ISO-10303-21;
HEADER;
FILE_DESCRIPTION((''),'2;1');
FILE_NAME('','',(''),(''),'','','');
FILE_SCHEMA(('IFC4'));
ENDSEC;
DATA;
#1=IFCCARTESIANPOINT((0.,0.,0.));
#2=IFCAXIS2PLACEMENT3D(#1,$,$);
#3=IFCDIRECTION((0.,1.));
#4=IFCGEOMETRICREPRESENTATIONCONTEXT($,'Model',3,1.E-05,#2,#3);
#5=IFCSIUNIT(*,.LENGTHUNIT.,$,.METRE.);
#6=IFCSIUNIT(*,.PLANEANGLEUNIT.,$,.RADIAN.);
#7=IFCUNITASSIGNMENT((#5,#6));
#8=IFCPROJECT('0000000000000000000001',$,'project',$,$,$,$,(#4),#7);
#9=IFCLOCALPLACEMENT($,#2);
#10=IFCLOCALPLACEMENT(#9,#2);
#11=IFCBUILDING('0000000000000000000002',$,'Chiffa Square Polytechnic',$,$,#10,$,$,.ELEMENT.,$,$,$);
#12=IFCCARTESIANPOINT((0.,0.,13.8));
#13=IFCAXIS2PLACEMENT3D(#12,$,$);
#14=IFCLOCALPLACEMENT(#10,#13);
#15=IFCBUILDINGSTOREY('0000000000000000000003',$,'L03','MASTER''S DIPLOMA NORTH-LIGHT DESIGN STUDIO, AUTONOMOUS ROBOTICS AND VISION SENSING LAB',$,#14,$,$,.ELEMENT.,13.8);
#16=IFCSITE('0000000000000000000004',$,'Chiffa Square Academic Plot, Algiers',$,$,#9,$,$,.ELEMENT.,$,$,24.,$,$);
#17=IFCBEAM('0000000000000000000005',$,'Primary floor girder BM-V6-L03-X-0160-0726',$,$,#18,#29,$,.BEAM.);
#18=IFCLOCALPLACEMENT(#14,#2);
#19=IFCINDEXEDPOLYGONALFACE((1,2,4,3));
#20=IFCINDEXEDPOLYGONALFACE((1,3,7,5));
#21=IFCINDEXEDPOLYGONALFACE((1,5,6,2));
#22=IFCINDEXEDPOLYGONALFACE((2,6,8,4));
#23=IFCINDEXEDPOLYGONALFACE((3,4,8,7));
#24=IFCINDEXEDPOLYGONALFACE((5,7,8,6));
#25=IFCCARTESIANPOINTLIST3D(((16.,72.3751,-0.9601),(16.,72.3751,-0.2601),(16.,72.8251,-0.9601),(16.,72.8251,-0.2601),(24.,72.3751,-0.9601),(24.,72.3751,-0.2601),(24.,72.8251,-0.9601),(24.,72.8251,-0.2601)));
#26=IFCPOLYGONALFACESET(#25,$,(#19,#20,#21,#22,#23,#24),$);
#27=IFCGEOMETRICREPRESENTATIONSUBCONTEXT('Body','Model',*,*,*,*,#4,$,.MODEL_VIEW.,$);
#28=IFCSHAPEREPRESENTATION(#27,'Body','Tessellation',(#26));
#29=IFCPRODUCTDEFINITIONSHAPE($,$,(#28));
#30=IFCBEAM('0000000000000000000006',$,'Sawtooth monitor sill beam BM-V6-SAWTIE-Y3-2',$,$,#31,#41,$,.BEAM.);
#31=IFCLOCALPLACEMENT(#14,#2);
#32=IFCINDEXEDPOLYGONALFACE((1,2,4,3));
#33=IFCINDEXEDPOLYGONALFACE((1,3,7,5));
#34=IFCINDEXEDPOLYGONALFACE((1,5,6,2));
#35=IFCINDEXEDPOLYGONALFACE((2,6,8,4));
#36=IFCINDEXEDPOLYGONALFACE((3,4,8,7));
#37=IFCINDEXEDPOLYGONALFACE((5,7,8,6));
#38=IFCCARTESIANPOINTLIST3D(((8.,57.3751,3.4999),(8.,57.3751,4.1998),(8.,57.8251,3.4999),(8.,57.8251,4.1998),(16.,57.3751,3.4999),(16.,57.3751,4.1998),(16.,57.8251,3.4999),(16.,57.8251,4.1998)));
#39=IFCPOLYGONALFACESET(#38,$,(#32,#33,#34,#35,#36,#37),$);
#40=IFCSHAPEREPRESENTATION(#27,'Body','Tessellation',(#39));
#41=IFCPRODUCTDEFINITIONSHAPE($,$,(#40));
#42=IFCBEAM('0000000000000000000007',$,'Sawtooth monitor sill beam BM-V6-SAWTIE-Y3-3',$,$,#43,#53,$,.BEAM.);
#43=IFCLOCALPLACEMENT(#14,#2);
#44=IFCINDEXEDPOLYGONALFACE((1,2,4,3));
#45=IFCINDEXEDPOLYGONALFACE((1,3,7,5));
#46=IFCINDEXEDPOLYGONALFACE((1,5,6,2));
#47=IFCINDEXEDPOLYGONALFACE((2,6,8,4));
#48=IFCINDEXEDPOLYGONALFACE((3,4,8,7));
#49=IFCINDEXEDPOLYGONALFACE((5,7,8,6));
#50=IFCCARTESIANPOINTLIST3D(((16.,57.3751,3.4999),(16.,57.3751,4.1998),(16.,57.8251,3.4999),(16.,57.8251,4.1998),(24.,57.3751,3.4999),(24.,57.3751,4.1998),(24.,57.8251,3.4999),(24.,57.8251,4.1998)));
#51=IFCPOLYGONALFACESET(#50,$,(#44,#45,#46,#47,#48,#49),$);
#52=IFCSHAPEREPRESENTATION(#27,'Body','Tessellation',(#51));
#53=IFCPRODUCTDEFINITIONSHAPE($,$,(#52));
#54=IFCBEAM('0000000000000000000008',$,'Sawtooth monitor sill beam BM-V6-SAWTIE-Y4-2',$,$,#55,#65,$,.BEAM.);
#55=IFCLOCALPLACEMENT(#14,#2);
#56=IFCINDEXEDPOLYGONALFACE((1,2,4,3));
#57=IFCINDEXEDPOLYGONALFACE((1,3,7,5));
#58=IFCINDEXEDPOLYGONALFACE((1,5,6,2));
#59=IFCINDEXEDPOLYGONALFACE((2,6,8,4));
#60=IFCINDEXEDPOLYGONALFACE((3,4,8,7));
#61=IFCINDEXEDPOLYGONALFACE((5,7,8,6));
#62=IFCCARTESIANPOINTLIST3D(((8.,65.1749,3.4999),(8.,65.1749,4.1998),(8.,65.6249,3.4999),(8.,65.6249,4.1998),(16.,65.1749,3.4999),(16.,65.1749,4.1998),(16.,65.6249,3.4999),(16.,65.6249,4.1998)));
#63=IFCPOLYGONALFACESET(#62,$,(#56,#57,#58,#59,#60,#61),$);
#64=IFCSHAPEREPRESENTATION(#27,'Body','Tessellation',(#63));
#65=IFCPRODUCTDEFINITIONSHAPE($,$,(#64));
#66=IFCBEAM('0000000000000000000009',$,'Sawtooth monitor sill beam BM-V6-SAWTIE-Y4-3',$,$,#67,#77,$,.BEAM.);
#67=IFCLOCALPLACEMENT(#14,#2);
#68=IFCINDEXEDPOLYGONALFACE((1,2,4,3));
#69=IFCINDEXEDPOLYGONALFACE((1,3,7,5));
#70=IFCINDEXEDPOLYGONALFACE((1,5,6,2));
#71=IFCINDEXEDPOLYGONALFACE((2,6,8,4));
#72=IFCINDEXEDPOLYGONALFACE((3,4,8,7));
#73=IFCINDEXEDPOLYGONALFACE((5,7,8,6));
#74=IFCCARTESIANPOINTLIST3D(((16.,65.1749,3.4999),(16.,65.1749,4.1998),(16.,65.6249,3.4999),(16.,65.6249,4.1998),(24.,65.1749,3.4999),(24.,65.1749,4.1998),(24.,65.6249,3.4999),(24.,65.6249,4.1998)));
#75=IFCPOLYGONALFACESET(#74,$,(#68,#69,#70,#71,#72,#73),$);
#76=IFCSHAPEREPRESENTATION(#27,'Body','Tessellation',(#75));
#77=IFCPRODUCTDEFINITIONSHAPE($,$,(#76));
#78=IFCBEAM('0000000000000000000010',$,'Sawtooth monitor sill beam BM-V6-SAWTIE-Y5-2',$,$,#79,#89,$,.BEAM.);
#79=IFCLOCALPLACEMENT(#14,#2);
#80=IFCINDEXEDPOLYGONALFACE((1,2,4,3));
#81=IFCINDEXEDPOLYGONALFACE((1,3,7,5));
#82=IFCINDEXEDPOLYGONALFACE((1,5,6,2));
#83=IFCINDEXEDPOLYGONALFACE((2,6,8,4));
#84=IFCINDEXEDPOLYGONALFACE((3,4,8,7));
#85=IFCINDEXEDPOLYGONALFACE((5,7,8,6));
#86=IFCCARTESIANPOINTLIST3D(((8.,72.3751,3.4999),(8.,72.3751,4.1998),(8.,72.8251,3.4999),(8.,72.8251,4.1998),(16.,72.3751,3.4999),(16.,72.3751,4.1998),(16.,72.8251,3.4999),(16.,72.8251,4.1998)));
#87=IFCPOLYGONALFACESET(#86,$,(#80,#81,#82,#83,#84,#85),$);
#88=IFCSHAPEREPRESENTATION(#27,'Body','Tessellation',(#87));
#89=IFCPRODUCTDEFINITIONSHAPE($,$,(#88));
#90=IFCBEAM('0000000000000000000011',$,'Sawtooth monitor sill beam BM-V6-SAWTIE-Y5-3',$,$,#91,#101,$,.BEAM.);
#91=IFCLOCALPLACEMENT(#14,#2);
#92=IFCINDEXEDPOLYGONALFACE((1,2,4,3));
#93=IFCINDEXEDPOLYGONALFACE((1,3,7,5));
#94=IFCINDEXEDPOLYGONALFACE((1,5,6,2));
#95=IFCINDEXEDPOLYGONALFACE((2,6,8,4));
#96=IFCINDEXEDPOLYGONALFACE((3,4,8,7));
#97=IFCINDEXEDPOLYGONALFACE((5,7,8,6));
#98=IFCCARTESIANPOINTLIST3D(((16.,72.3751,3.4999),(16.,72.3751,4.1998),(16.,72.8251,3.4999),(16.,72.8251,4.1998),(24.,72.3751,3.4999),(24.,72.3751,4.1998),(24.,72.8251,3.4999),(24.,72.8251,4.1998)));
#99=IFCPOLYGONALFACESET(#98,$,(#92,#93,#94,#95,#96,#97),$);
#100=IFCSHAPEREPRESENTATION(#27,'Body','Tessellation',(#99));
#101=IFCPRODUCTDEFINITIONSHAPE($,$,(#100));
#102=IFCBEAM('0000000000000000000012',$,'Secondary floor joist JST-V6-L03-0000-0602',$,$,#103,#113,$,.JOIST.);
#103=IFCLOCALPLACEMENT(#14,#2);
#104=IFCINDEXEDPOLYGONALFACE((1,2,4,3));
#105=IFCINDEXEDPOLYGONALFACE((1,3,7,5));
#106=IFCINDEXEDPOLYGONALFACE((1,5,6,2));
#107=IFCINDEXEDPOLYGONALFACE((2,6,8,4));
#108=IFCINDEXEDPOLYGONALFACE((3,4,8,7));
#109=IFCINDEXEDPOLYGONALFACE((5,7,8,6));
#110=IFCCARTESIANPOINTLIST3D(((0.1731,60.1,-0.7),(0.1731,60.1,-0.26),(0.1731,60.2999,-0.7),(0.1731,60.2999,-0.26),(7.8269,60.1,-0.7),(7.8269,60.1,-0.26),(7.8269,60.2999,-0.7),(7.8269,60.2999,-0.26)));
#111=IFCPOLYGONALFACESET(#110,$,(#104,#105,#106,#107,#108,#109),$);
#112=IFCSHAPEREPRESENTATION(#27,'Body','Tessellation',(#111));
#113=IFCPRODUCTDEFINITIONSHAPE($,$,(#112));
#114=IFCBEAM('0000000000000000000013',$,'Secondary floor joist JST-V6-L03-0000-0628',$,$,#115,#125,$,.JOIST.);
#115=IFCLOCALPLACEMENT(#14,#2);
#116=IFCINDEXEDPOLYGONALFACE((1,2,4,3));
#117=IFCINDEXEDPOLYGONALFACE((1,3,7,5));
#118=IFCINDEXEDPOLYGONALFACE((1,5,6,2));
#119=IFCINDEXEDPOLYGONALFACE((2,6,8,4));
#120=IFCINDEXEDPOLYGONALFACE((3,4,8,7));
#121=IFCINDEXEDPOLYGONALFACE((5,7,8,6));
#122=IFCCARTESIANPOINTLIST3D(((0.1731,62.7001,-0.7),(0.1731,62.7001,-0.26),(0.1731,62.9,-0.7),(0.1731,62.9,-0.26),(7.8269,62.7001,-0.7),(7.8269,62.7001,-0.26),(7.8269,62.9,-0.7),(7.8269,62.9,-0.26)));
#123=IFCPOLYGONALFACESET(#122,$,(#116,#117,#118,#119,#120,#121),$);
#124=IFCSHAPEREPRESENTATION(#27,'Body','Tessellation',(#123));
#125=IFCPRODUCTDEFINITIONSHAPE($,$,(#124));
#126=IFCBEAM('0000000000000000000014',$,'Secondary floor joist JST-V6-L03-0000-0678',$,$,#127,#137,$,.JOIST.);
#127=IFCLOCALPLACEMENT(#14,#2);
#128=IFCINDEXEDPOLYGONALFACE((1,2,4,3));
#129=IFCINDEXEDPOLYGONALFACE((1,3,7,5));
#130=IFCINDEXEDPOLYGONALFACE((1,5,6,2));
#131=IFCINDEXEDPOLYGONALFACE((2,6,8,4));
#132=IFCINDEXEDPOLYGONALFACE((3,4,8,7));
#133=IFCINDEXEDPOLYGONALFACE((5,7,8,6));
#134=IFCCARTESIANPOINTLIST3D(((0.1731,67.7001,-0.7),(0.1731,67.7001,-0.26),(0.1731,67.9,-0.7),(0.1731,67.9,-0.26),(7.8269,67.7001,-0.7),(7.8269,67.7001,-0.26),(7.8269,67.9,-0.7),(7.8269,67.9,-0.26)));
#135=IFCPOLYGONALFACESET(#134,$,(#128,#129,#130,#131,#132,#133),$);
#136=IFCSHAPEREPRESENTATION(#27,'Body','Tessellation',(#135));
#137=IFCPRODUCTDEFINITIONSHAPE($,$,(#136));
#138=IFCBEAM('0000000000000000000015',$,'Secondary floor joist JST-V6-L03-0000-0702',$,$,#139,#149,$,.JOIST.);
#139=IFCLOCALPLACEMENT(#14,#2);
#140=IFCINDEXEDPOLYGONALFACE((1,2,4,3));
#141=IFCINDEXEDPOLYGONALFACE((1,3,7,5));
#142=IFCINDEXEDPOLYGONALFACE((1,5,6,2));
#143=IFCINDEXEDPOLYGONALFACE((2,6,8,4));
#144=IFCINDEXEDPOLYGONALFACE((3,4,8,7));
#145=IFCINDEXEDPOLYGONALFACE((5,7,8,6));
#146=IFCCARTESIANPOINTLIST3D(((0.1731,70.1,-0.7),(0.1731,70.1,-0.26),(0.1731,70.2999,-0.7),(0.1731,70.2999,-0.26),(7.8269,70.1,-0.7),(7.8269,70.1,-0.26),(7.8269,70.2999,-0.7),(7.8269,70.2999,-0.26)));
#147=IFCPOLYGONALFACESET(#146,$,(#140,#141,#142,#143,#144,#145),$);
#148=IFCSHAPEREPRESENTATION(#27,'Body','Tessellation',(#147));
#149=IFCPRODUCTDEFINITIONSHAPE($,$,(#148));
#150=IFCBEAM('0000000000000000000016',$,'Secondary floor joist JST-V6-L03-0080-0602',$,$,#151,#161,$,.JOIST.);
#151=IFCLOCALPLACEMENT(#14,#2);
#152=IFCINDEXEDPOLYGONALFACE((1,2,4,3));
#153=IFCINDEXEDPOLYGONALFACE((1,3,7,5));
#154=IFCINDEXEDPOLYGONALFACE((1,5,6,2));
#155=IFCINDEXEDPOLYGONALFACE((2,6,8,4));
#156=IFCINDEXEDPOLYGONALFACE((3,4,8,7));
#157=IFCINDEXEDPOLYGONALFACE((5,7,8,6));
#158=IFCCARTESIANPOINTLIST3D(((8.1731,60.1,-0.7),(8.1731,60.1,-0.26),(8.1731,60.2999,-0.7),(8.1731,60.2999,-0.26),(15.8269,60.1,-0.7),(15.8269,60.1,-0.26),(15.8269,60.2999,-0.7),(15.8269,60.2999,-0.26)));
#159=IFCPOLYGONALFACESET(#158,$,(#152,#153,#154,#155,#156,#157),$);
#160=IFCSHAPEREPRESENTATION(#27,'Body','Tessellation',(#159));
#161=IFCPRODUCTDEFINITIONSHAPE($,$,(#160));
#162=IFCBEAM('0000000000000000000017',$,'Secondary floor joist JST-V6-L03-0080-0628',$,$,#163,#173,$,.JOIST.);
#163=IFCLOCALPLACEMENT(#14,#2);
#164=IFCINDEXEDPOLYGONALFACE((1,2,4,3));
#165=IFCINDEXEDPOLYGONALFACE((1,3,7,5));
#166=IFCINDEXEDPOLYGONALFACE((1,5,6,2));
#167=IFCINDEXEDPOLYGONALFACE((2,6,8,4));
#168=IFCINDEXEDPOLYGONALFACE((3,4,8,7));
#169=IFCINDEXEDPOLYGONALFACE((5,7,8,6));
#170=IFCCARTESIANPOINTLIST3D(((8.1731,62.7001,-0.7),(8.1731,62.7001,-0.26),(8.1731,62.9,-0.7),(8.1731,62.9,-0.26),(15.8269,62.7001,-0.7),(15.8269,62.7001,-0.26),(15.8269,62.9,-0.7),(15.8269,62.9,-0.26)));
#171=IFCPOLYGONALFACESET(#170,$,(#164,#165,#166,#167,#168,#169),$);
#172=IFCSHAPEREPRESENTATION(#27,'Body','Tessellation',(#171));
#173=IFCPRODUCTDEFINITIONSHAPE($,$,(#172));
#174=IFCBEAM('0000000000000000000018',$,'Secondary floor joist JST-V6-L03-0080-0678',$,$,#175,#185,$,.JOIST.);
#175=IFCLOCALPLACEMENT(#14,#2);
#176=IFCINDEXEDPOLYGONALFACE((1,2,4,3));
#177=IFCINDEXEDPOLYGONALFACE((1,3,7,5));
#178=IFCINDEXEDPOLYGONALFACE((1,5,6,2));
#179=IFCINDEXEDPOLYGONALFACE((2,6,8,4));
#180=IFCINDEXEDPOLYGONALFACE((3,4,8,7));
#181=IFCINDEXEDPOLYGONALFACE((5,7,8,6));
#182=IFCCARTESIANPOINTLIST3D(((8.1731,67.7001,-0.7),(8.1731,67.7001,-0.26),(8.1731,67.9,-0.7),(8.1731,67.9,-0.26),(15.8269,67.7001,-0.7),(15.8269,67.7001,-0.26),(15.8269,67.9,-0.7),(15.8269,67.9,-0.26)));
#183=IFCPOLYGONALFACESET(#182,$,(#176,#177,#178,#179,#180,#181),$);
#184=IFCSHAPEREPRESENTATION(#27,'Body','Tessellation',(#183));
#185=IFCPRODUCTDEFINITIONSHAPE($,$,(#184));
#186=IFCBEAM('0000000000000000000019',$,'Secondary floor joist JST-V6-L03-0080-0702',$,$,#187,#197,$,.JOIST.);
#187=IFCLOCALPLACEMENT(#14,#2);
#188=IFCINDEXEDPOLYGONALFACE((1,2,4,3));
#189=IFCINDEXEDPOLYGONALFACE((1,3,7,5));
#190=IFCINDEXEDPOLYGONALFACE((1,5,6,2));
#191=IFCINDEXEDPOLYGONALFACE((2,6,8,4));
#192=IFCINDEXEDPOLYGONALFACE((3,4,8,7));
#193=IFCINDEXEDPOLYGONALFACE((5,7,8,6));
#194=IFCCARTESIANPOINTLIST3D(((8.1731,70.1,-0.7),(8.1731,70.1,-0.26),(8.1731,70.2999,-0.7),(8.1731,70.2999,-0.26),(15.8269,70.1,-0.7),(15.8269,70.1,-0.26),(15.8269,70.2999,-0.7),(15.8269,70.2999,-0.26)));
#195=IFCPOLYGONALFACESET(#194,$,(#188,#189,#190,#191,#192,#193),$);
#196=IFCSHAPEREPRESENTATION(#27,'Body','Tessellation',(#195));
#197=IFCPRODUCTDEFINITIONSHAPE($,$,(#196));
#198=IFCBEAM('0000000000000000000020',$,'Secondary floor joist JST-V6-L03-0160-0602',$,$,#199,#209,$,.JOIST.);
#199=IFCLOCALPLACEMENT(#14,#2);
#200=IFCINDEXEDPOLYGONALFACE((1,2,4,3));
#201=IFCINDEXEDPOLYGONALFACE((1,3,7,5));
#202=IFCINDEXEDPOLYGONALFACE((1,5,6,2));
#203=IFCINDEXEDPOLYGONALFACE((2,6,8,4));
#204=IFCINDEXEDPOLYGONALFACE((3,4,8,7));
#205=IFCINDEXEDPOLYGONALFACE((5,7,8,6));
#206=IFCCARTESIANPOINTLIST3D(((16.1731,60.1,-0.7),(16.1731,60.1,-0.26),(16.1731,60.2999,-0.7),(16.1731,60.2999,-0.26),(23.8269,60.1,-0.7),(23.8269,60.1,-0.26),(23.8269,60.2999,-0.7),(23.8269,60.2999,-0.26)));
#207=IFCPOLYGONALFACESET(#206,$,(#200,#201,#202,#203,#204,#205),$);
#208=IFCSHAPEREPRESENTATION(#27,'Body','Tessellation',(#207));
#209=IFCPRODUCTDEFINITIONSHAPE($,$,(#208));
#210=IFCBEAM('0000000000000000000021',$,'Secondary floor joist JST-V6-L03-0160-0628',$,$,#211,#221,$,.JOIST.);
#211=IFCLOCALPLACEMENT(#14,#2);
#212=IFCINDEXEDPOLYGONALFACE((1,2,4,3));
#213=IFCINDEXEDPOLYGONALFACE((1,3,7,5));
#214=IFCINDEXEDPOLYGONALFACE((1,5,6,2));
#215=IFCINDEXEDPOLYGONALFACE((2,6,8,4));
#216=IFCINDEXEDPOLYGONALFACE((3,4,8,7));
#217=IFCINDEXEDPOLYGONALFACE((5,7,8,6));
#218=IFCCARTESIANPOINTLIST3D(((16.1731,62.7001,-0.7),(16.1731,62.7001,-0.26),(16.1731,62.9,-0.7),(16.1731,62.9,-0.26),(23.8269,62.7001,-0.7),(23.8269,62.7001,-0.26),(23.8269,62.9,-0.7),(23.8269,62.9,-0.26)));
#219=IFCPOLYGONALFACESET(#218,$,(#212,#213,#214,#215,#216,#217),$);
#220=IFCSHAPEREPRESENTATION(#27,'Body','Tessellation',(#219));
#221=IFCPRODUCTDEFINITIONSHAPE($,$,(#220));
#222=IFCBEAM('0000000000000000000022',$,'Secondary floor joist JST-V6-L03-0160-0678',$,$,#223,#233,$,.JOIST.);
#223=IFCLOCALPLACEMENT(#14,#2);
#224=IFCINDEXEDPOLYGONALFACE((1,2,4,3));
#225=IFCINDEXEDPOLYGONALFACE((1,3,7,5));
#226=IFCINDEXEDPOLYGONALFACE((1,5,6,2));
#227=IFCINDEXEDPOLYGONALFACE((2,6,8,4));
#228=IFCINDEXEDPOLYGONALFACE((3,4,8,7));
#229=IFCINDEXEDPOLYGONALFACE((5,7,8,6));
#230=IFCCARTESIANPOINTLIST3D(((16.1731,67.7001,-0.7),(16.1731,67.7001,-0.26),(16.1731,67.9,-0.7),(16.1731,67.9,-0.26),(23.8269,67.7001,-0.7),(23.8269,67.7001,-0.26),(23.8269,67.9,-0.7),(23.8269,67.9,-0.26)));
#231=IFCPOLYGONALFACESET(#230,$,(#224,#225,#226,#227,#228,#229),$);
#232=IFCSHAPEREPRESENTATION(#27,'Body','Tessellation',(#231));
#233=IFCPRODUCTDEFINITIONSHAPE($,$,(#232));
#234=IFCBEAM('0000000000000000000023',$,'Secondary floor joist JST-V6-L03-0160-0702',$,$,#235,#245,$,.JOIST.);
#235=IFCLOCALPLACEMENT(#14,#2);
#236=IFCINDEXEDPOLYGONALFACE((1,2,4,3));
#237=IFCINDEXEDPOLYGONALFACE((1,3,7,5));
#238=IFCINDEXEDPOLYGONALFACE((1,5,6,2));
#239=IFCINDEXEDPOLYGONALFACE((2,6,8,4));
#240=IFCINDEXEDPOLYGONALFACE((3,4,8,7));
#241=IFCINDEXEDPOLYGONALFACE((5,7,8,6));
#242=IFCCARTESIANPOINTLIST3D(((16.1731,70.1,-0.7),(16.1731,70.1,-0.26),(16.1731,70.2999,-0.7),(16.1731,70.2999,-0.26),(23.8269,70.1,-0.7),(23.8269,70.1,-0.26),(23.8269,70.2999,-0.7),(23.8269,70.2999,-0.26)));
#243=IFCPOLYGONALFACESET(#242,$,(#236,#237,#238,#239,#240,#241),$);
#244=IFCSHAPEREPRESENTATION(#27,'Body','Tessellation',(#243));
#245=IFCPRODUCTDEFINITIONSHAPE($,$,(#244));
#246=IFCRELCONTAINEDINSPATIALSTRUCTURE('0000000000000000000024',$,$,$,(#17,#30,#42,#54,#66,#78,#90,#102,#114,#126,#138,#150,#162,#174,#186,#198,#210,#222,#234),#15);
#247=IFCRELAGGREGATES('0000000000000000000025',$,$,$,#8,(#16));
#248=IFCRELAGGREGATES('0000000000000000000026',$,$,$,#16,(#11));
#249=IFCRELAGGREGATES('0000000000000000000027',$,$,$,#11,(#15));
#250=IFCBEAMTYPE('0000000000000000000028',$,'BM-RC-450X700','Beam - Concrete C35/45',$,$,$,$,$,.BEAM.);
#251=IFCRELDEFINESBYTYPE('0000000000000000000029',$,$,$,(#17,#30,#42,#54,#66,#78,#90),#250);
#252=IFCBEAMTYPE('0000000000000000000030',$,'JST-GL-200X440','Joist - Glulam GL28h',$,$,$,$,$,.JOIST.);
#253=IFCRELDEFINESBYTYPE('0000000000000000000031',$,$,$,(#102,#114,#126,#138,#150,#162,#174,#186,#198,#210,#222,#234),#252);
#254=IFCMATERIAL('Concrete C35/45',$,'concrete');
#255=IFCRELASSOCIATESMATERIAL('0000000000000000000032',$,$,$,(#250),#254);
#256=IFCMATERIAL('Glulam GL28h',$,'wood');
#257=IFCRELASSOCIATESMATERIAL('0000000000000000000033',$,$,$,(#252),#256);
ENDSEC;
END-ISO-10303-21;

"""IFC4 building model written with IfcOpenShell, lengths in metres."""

from ifc_helpers import new_model, si_unit, direction, frame, origin, origin_2d, place, context, subcontext, project, spatial, rectangle, extrude, material, material_profile, profile_set, type_object, element, save


model = new_model("IFC4")

# Units and contexts
model_context = context("Model", 3, precision=1e-05, world=origin(), true_north=direction((0.0, 1.0)))
body_context = subcontext(model_context, "Body", "Model", "MODEL_VIEW")
ifc_project = project(units=[si_unit("LENGTHUNIT", "METRE"), si_unit("PLANEANGLEUNIT", "RADIAN")], contexts=[model_context])

# Site, building, storey
site_placement = place(None, origin())
site = spatial("IfcSite", under=ifc_project, at=site_placement, Name="Chiffa Square Academic Plot, Algiers", CompositionType="ELEMENT", RefElevation=24.0)
building_placement = place(site_placement, origin())
building = spatial("IfcBuilding", under=site, at=building_placement, Name="Chiffa Square Polytechnic", CompositionType="ELEMENT")
storey_placement = place(building_placement, frame((0.0, 0.0, 13.8)))
storey = spatial("IfcBuildingStorey", under=building, at=storey_placement, Name="L03", Description="MASTER'S DIPLOMA NORTH-LIGHT DESIGN STUDIO, AUTONOMOUS ROBOTICS AND VISION SENSING LAB", CompositionType="ELEMENT", Elevation=13.8)

# Shared definitions
ifc_material_1 = material(Name="Concrete C35/45", Category="concrete")

# Beams
ifc_material_profile_1 = material_profile(ifc_material_1, rectangle(XDim=0.45, YDim=0.7, at=origin_2d()), Name="RC 450x700")
ifc_profile_set_1 = profile_set([ifc_material_profile_1], Name="Concrete C35/45")
beam_type_1 = type_object("IfcBeamType", Name="BM-RC-450X700", Description="Beam - Concrete C35/45", PredefinedType="BEAM", material=ifc_profile_set_1)
for number, where, z_axis, x_axis, name in (
    (1, (16.0, 72.6001, -0.6101), (1.0, 0.0, 0.0), (0.0, 1.0, 0.0), "Primary floor girder BM-V6-L03-X-0160-0726"),
    (2, (8.0, 57.6001, 3.8499), (1.0, 0.0, 0.0), (0.0, 1.0, 0.0), "Sawtooth monitor sill beam BM-V6-SAWTIE-Y3-2"),
    (3, (16.0, 57.6001, 3.8499), (1.0, 0.0, 0.0), (0.0, 1.0, 0.0), "Sawtooth monitor sill beam BM-V6-SAWTIE-Y3-3"),
    (4, (8.0, 65.3999, 3.8499), (1.0, 0.0, 0.0), (0.0, 1.0, 0.0), "Sawtooth monitor sill beam BM-V6-SAWTIE-Y4-2"),
    (5, (16.0, 65.3999, 3.8499), (1.0, 0.0, 0.0), (0.0, 1.0, 0.0), "Sawtooth monitor sill beam BM-V6-SAWTIE-Y4-3"),
    (6, (8.0, 72.6001, 3.8499), (1.0, 0.0, 0.0), (0.0, 1.0, 0.0), "Sawtooth monitor sill beam BM-V6-SAWTIE-Y5-2"),
    (7, (16.0, 72.6001, 3.8499), (1.0, 0.0, 0.0), (0.0, 1.0, 0.0), "Sawtooth monitor sill beam BM-V6-SAWTIE-Y5-3"),
):
    element("IfcBeam", number, at=place(storey_placement, frame(where, z_axis=z_axis, x_axis=x_axis)), inside=storey, type_object=beam_type_1, Name=name, PredefinedType="BEAM", context=body_context, shape_type="SweptSolid", body=[
        extrude(rectangle(XDim=0.45, YDim=0.7, at=origin_2d()), origin(), (0.0, 0.0, 1.0), 8.0),
    ])
ifc_material_2 = material(Name="Glulam GL28h", Category="wood")
ifc_material_profile_2 = material_profile(ifc_material_2, rectangle(XDim=0.2, YDim=0.4399, at=origin_2d()), Name="GL28h 200x440")
ifc_profile_set_2 = profile_set([ifc_material_profile_2], Name="Glulam GL28h")
beam_type_2 = type_object("IfcBeamType", Name="JST-GL-200X440", Description="Joist - Glulam GL28h", PredefinedType="JOIST", material=ifc_profile_set_2)
for number, where, z_axis, x_axis, name in (
    (8, (0.1731, 60.2, -0.48), (1.0, 0.0, 0.0), (0.0, 1.0, 0.0), "Secondary floor joist JST-V6-L03-0000-0602"),
    (9, (0.1731, 62.8, -0.48), (1.0, 0.0, 0.0), (0.0, 1.0, 0.0), "Secondary floor joist JST-V6-L03-0000-0628"),
    (10, (0.1731, 67.8, -0.48), (1.0, 0.0, 0.0), (0.0, 1.0, 0.0), "Secondary floor joist JST-V6-L03-0000-0678"),
    (11, (0.1731, 70.2, -0.48), (1.0, 0.0, 0.0), (0.0, 1.0, 0.0), "Secondary floor joist JST-V6-L03-0000-0702"),
    (12, (8.1731, 60.2, -0.48), (1.0, 0.0, 0.0), (0.0, 1.0, 0.0), "Secondary floor joist JST-V6-L03-0080-0602"),
    (13, (8.1731, 62.8, -0.48), (1.0, 0.0, 0.0), (0.0, 1.0, 0.0), "Secondary floor joist JST-V6-L03-0080-0628"),
    (14, (8.1731, 67.8, -0.48), (1.0, 0.0, 0.0), (0.0, 1.0, 0.0), "Secondary floor joist JST-V6-L03-0080-0678"),
    (15, (8.1731, 70.2, -0.48), (1.0, 0.0, 0.0), (0.0, 1.0, 0.0), "Secondary floor joist JST-V6-L03-0080-0702"),
    (16, (16.1731, 60.2, -0.48), (1.0, 0.0, 0.0), (0.0, 1.0, 0.0), "Secondary floor joist JST-V6-L03-0160-0602"),
    (17, (16.1731, 62.8, -0.48), (1.0, 0.0, 0.0), (0.0, 1.0, 0.0), "Secondary floor joist JST-V6-L03-0160-0628"),
    (18, (16.1731, 67.8, -0.48), (1.0, 0.0, 0.0), (0.0, 1.0, 0.0), "Secondary floor joist JST-V6-L03-0160-0678"),
    (19, (16.1731, 70.2, -0.48), (1.0, 0.0, 0.0), (0.0, 1.0, 0.0), "Secondary floor joist JST-V6-L03-0160-0702"),
):
    element("IfcBeam", number, at=place(storey_placement, frame(where, z_axis=z_axis, x_axis=x_axis)), inside=storey, type_object=beam_type_2, Name=name, PredefinedType="JOIST", context=body_context, shape_type="SweptSolid", body=[
        extrude(rectangle(XDim=0.2, YDim=0.4399, at=origin_2d()), origin(), (0.0, 0.0, 1.0), 7.6538),
    ])

save(model, "model.ifc")
